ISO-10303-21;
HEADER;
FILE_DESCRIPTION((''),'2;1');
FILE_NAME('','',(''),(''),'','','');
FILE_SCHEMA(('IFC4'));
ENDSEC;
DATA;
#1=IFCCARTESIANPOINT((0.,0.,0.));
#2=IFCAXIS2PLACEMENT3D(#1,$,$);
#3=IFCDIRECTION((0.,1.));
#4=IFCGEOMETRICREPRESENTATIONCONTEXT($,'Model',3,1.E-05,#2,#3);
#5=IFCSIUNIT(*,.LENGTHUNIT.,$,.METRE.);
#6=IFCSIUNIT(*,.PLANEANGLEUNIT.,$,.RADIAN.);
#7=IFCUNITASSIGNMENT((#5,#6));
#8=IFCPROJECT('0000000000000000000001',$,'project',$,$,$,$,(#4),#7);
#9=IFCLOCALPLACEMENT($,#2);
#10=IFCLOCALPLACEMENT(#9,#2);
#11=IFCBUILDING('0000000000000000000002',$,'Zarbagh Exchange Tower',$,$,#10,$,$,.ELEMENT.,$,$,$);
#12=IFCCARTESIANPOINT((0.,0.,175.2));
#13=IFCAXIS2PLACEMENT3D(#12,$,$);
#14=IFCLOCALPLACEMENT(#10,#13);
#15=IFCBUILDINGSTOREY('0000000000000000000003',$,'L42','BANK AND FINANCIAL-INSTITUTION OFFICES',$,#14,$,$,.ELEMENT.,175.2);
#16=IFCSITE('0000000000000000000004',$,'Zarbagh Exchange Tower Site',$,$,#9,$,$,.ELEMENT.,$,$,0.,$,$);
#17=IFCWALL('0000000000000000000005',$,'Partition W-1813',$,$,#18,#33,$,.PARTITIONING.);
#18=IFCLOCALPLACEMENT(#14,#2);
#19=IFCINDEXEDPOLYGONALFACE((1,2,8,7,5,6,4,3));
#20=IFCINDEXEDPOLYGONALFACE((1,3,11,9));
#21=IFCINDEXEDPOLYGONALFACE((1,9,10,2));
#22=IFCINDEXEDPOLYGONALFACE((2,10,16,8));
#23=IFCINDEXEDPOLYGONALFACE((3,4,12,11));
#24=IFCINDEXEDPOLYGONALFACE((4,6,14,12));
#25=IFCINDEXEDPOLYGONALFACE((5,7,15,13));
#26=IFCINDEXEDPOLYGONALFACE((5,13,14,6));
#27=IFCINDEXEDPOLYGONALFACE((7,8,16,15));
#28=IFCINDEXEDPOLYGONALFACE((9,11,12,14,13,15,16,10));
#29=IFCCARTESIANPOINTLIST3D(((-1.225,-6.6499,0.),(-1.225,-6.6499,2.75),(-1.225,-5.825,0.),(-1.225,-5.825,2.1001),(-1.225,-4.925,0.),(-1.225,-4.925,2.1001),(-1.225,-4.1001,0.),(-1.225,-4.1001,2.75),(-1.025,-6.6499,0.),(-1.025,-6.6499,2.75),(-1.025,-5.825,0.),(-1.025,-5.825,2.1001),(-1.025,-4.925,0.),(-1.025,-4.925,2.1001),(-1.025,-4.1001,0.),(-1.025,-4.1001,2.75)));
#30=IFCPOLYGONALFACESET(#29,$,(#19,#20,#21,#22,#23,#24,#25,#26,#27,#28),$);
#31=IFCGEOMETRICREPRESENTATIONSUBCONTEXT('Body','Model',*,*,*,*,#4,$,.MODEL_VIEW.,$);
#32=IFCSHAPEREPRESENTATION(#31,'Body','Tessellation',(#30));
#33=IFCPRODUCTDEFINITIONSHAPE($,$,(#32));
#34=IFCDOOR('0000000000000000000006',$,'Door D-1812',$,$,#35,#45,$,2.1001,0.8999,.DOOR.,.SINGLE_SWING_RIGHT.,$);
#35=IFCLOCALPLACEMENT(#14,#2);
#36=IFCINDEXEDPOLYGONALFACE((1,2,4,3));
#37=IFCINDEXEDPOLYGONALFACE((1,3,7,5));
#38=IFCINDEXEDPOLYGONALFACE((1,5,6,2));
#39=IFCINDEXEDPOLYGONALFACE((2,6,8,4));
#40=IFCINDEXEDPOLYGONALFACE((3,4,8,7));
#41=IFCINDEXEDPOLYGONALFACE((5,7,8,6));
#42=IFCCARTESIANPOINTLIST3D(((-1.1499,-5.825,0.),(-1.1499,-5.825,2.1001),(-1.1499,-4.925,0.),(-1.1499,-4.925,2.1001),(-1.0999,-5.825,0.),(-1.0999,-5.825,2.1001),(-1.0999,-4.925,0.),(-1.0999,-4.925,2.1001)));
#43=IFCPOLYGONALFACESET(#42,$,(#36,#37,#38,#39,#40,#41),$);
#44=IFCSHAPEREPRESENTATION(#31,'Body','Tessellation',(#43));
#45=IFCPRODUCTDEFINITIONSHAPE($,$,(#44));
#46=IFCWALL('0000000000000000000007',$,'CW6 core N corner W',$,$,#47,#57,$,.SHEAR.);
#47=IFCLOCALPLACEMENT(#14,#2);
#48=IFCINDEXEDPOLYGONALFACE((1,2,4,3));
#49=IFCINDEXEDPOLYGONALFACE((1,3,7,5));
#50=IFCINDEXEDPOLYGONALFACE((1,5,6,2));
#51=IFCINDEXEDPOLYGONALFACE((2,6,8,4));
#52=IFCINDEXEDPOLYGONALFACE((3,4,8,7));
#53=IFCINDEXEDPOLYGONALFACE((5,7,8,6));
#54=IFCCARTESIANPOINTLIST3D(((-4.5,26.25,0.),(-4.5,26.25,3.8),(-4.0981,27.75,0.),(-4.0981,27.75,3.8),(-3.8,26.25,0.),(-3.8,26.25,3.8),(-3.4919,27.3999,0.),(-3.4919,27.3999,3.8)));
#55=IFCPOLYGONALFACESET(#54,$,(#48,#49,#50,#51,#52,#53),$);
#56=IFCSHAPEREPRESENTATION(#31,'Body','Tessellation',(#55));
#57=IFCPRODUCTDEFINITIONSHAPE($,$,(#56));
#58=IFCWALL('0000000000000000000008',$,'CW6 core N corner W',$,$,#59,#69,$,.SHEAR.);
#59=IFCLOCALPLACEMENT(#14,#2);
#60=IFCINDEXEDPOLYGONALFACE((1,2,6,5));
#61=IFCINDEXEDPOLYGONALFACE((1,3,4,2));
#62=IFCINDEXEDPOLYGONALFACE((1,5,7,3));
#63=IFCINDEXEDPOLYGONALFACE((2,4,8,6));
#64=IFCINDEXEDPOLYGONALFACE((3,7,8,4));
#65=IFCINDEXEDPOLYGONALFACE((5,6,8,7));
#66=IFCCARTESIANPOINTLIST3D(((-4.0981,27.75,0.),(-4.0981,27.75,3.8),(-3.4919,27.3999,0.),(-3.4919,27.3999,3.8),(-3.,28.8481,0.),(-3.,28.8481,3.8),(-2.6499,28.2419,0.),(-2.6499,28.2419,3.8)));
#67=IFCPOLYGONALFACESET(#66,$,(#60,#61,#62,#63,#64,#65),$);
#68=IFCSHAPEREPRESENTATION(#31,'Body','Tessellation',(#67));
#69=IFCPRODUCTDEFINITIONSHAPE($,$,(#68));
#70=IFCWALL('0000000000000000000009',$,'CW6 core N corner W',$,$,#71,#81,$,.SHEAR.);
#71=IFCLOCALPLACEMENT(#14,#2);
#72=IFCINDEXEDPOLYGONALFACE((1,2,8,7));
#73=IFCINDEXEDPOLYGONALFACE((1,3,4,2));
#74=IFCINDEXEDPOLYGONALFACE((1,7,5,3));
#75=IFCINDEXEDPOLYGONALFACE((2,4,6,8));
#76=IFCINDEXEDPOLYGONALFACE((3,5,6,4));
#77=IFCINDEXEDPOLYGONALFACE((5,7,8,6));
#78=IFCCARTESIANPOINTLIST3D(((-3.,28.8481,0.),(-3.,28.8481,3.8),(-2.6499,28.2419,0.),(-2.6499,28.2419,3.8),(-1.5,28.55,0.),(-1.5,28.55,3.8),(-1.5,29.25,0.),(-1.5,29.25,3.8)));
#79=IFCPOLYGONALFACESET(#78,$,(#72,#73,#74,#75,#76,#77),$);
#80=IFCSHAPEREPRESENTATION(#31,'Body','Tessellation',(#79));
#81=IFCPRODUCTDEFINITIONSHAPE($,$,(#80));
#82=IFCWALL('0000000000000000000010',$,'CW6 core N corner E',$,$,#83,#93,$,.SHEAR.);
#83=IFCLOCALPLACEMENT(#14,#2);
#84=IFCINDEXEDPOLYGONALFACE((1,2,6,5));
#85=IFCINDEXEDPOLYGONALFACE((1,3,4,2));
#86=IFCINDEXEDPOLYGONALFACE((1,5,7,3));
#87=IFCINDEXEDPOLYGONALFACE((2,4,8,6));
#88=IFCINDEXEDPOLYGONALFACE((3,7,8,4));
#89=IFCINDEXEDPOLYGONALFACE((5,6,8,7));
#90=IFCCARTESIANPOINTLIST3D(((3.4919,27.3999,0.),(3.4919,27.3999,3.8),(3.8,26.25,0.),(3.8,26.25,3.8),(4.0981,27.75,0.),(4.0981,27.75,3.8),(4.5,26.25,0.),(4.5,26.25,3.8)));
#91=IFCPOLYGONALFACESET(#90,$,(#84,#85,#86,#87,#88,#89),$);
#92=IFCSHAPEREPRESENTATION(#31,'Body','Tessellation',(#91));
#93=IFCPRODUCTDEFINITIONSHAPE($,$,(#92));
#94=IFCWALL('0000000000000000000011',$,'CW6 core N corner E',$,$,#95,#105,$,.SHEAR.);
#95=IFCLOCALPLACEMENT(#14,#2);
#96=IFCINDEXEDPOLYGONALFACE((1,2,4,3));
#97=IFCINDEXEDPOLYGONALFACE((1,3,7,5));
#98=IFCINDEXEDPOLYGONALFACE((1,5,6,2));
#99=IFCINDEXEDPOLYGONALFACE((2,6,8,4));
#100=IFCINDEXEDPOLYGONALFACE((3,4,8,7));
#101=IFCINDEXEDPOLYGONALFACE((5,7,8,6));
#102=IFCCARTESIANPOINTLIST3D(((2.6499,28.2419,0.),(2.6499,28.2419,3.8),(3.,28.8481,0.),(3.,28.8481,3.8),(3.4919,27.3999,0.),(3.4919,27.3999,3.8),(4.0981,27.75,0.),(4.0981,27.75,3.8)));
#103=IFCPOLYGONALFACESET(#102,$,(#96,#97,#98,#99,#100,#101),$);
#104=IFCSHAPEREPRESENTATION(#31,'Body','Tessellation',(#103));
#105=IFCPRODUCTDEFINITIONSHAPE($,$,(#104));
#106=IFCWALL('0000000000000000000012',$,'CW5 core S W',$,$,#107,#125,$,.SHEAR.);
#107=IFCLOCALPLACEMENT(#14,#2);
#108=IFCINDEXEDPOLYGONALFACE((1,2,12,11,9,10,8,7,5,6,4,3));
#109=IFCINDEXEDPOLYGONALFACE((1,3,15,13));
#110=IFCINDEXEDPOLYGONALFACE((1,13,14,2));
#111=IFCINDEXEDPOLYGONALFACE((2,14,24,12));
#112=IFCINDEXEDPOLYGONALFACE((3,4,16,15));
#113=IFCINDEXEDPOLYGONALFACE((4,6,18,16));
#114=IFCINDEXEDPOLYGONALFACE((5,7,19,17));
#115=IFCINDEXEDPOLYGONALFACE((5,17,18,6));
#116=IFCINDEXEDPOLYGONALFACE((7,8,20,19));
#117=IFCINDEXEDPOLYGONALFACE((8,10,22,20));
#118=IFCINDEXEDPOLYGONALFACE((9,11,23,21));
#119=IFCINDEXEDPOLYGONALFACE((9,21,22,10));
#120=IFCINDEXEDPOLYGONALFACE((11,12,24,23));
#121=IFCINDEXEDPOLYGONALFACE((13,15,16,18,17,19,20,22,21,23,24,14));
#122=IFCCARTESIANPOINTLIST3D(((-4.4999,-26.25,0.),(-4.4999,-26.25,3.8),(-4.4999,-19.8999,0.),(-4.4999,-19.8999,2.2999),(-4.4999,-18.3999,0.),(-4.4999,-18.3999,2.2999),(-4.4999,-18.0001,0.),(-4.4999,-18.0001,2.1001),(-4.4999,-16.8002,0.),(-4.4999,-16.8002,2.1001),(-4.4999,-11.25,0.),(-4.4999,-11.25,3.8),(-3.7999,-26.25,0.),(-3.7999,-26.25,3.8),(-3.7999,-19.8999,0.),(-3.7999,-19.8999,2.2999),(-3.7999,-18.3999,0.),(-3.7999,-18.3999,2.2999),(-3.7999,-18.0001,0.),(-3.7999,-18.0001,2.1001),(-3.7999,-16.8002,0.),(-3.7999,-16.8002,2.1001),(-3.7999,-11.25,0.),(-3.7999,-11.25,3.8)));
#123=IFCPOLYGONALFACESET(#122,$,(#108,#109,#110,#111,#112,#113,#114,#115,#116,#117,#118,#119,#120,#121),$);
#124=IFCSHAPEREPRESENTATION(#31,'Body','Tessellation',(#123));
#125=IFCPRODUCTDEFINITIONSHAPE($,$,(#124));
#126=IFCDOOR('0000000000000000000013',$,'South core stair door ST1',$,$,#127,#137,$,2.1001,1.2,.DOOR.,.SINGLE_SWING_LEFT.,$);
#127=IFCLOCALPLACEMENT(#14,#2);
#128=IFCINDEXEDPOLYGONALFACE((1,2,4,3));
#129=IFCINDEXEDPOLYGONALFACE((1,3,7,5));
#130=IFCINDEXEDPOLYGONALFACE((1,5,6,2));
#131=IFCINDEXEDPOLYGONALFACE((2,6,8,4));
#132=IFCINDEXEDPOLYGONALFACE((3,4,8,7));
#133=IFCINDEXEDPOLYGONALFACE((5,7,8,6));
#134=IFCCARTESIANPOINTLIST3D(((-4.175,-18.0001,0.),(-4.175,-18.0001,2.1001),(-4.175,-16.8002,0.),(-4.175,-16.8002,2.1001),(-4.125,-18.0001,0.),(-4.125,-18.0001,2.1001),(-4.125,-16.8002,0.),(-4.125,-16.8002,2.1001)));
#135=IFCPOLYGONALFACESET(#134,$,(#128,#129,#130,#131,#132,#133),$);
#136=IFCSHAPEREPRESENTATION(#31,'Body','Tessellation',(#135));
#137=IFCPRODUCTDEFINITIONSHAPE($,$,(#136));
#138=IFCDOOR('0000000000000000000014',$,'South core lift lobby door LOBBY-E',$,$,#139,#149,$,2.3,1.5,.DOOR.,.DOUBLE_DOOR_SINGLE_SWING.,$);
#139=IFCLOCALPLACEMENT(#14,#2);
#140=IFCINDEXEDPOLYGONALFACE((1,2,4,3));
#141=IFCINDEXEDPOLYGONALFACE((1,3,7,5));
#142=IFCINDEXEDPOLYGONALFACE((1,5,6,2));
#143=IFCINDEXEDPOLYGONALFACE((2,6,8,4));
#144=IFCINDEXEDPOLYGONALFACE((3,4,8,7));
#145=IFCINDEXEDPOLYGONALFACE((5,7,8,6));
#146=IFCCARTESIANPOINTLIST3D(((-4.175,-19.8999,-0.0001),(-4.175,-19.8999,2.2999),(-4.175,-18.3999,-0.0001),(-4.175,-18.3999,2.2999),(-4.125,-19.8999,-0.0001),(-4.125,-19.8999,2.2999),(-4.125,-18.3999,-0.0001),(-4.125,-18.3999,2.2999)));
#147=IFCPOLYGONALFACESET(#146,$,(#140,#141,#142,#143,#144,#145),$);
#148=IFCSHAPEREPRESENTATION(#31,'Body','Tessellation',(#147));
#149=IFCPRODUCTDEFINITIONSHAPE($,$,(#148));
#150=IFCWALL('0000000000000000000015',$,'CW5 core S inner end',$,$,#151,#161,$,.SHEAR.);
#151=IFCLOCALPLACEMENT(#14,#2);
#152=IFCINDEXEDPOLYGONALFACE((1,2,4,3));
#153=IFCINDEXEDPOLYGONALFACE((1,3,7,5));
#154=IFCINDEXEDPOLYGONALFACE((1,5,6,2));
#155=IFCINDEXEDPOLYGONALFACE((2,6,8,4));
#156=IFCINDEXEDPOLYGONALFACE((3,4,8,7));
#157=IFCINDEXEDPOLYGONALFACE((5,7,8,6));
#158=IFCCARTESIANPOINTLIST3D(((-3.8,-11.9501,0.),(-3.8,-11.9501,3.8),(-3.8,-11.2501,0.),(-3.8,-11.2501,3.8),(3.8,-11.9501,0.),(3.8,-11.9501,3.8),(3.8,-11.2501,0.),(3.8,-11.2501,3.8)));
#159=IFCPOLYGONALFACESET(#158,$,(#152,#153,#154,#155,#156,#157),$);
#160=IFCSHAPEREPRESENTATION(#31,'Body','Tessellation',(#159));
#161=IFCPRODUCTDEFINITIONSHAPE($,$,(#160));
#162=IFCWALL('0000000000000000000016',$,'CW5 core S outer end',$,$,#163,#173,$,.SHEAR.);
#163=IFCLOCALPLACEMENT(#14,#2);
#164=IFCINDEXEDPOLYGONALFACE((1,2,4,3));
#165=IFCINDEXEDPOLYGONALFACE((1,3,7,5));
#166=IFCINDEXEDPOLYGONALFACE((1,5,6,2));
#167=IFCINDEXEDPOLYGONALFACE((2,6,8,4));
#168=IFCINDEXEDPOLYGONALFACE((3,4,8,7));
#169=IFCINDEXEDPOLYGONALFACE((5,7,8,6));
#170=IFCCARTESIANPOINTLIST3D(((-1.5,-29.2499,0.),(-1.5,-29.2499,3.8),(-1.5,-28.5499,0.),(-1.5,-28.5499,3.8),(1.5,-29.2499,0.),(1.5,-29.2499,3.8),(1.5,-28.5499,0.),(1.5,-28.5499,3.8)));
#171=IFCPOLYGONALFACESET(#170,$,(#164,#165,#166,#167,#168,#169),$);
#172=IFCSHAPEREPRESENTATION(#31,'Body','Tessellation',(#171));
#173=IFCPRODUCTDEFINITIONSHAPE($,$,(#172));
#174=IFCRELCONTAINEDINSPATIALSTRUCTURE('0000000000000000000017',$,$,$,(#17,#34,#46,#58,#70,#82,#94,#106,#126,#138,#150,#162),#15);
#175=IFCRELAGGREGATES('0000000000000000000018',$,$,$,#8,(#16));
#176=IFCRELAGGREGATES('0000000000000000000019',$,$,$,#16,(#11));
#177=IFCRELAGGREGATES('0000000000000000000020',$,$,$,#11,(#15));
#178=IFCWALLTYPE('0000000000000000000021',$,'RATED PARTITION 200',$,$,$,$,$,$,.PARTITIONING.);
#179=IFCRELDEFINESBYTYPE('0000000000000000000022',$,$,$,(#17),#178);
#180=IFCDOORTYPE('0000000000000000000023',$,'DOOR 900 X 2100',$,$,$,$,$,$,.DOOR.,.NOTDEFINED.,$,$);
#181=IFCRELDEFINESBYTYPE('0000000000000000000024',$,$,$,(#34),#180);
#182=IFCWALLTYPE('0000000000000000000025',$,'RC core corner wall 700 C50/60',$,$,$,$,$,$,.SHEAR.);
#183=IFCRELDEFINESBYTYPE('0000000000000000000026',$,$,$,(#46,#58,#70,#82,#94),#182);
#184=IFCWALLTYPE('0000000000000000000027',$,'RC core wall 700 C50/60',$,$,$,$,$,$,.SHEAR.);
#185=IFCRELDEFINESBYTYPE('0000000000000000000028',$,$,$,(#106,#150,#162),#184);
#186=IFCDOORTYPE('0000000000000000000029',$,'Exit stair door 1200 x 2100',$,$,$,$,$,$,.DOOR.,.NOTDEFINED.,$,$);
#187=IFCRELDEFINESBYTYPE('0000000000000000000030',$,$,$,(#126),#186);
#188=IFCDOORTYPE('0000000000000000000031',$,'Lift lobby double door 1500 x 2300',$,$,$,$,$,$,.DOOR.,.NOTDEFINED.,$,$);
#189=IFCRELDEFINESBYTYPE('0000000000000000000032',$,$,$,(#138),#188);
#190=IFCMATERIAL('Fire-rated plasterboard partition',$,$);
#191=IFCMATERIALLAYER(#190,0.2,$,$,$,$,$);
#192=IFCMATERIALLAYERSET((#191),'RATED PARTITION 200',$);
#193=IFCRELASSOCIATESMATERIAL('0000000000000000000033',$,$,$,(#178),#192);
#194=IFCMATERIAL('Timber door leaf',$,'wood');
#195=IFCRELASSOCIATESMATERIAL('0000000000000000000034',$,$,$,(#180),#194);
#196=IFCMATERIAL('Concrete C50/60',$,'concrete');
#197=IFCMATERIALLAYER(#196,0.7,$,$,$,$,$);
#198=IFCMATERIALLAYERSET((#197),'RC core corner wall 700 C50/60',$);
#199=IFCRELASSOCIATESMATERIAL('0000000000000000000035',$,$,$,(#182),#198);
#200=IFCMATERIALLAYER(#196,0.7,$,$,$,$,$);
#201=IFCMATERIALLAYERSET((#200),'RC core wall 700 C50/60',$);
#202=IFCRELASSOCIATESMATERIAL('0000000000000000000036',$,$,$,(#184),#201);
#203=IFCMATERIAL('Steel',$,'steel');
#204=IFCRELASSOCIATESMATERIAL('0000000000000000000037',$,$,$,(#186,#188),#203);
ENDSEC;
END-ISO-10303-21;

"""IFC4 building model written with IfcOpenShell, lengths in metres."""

from ifc_helpers import new_model, si_unit, direction, frame, frame_2d, origin, place, context, subcontext, project, spatial, polyline, rectangle, outline, extrude, material, layer, layer_set, type_object, element, fill, save


model = new_model("IFC4")

# Units and contexts
model_context = context("Model", 3, precision=1e-05, world=origin(), true_north=direction((0.0, 1.0)))
body_context = subcontext(model_context, "Body", "Model", "MODEL_VIEW")
ifc_project = project(units=[si_unit("LENGTHUNIT", "METRE"), si_unit("PLANEANGLEUNIT", "RADIAN")], contexts=[model_context])

# Site, building, storey
site_placement = place(None, origin())
site = spatial("IfcSite", under=ifc_project, at=site_placement, Name="Zarbagh Exchange Tower Site", CompositionType="ELEMENT", RefElevation=0.0)
building_placement = place(site_placement, origin())
building = spatial("IfcBuilding", under=site, at=building_placement, Name="Zarbagh Exchange Tower", CompositionType="ELEMENT")
storey_placement = place(building_placement, frame((0.0, 0.0, 175.2)))
storey = spatial("IfcBuildingStorey", under=building, at=storey_placement, Name="L42", Description="BANK AND FINANCIAL-INSTITUTION OFFICES", CompositionType="ELEMENT", Elevation=175.2)

# Shared definitions
ifc_material_1 = material(Name="Fire-rated plasterboard partition")
ifc_layer_1 = layer(ifc_material_1, 0.2)
ifc_layer_set_1 = layer_set([ifc_layer_1], Name="RATED PARTITION 200")
wall_type_1 = type_object("IfcWallType", Name="RATED PARTITION 200", PredefinedType="PARTITIONING", material=ifc_layer_set_1)
ifc_material_2 = material(Name="Timber door leaf", Category="wood")
door_type_1 = type_object("IfcDoorType", Name="DOOR 900 X 2100", OperationType="NOTDEFINED", PredefinedType="DOOR", material=ifc_material_2)

# Wall, opening, door
wall_1_placement = place(storey_placement, frame((-1.125, -6.6499, 0.0), z_axis=(0.0, 0.0, 1.0), x_axis=(0.0, 1.0, 0.0)))
wall_1 = element("IfcWall", 1, at=wall_1_placement, inside=storey, type_object=wall_type_1, Name="Partition W-1813", PredefinedType="PARTITIONING", context=body_context, shape_type="SweptSolid", body=[
    extrude(rectangle(XDim=2.5498, YDim=0.2, at=frame_2d((1.2749, 0.0))), origin(), (0.0, 0.0, 1.0), 2.75),
])
opening_1_placement = place(wall_1_placement, frame((0.825, 0.0, 0.0)))
opening_1 = element("IfcOpeningElement", 2, at=opening_1_placement, cuts=wall_1, PredefinedType="OPENING", context=body_context, shape_type="SweptSolid", body=[
    extrude(rectangle(XDim=0.8999, YDim=2.1001, at=frame_2d((0.45, 1.05))), frame((0.0, 0.1099, 0.0), z_axis=(0.0, -1.0, 0.0), x_axis=(1.0, 0.0, 0.0)), (0.0, 0.0, 1.0), 0.22),
])
door_1_placement = place(opening_1_placement, origin())
door_1 = element("IfcDoor", 3, at=door_1_placement, inside=storey, type_object=door_type_1, Name="Door D-1812", OperationType="SINGLE_SWING_RIGHT", OverallHeight=2.1001, OverallWidth=0.8999, PredefinedType="DOOR", context=body_context, shape_type="SweptSolid", body=[
    extrude(rectangle(XDim=0.8999, YDim=2.1001, at=frame_2d((0.45, 1.05))), frame((0.0, 0.0249, 0.0), z_axis=(0.0, -1.0, 0.0), x_axis=(1.0, 0.0, 0.0)), (0.0, 0.0, 1.0), 0.05),
])
fill(opening_1, door_1)

# Walls
ifc_material_3 = material(Name="Concrete C50/60", Category="concrete")
ifc_layer_2 = layer(ifc_material_3, 0.7)
ifc_layer_set_2 = layer_set([ifc_layer_2], Name="RC core corner wall 700 C50/60")
wall_type_2 = type_object("IfcWallType", Name="RC core corner wall 700 C50/60", PredefinedType="SHEAR", material=ifc_layer_set_2)
wall_2_placement = place(storey_placement, origin())
element("IfcWall", 4, at=wall_2_placement, inside=storey, type_object=wall_type_2, Name="CW6 core N corner W", PredefinedType="SHEAR", context=body_context, shape_type="SweptSolid", body=[
    extrude(outline(polyline([(-4.5, 26.25), (-4.0981, 27.75), (-3.4919, 27.3999), (-3.8, 26.25), (-4.5, 26.25)])), origin(), (0.0, 0.0, 1.0), 3.8),
])
wall_3_placement = place(storey_placement, origin())
element("IfcWall", 5, at=wall_3_placement, inside=storey, type_object=wall_type_2, Name="CW6 core N corner W", PredefinedType="SHEAR", context=body_context, shape_type="SweptSolid", body=[
    extrude(outline(polyline([(-4.0981, 27.75), (-3.0, 28.8481), (-2.6499, 28.2419), (-3.4919, 27.3999), (-4.0981, 27.75)])), origin(), (0.0, 0.0, 1.0), 3.8),
])
wall_4_placement = place(storey_placement, origin())
element("IfcWall", 6, at=wall_4_placement, inside=storey, type_object=wall_type_2, Name="CW6 core N corner W", PredefinedType="SHEAR", context=body_context, shape_type="SweptSolid", body=[
    extrude(outline(polyline([(-3.0, 28.8481), (-1.5, 29.25), (-1.5, 28.55), (-2.6499, 28.2419), (-3.0, 28.8481)])), origin(), (0.0, 0.0, 1.0), 3.8),
])
wall_5_placement = place(storey_placement, origin())
element("IfcWall", 7, at=wall_5_placement, inside=storey, type_object=wall_type_2, Name="CW6 core N corner E", PredefinedType="SHEAR", context=body_context, shape_type="SweptSolid", body=[
    extrude(outline(polyline([(4.5, 26.25), (4.0981, 27.75), (3.4919, 27.3999), (3.8, 26.25), (4.5, 26.25)])), origin(), (0.0, 0.0, 1.0), 3.8),
])
wall_6_placement = place(storey_placement, origin())
element("IfcWall", 8, at=wall_6_placement, inside=storey, type_object=wall_type_2, Name="CW6 core N corner E", PredefinedType="SHEAR", context=body_context, shape_type="SweptSolid", body=[
    extrude(outline(polyline([(4.0981, 27.75), (3.0, 28.8481), (2.6499, 28.2419), (3.4919, 27.3999), (4.0981, 27.75)])), origin(), (0.0, 0.0, 1.0), 3.8),
])

# Wall, openings, doors
ifc_layer_3 = layer(ifc_material_3, 0.7)
ifc_layer_set_3 = layer_set([ifc_layer_3], Name="RC core wall 700 C50/60")
wall_type_3 = type_object("IfcWallType", Name="RC core wall 700 C50/60", PredefinedType="SHEAR", material=ifc_layer_set_3)
wall_7_placement = place(storey_placement, frame((-4.1499, -11.25, 0.0), z_axis=(0.0, 0.0, 1.0), x_axis=(0.0, -1.0, 0.0)))
wall_7 = element("IfcWall", 9, at=wall_7_placement, inside=storey, type_object=wall_type_3, Name="CW5 core S W", PredefinedType="SHEAR", context=body_context, shape_type="SweptSolid", body=[
    extrude(rectangle(XDim=15.0, YDim=0.7, at=frame_2d((7.5, 0.0))), origin(), (0.0, 0.0, 1.0), 3.8),
])
opening_2_placement = place(wall_7_placement, frame((7.1499, 0.0, 0.0)))
opening_2 = element("IfcOpeningElement", 10, at=opening_2_placement, cuts=wall_7, PredefinedType="OPENING", context=body_context, shape_type="SweptSolid", body=[
    extrude(rectangle(XDim=1.5, YDim=2.3, at=frame_2d((0.75, 1.1499))), frame((0.0, 0.3599, 0.0), z_axis=(0.0, -1.0, 0.0), x_axis=(1.0, 0.0, 0.0)), (0.0, 0.0, 1.0), 0.72),
])
opening_3_placement = place(wall_7_placement, frame((5.55, 0.0, 0.0)))
opening_3 = element("IfcOpeningElement", 11, at=opening_3_placement, cuts=wall_7, PredefinedType="OPENING", context=body_context, shape_type="SweptSolid", body=[
    extrude(rectangle(XDim=1.2, YDim=2.1001, at=frame_2d((0.6001, 1.05))), frame((0.0, 0.3599, 0.0), z_axis=(0.0, -1.0, 0.0), x_axis=(1.0, 0.0, 0.0)), (0.0, 0.0, 1.0), 0.72),
])
ifc_material_4 = material(Name="Steel", Category="steel")
door_type_2 = type_object("IfcDoorType", Name="Exit stair door 1200 x 2100", OperationType="NOTDEFINED", PredefinedType="DOOR", material=ifc_material_4)
door_2_placement = place(opening_3_placement, origin())
door_2 = element("IfcDoor", 12, at=door_2_placement, inside=storey, type_object=door_type_2, Name="South core stair door ST1", OperationType="SINGLE_SWING_LEFT", OverallHeight=2.1001, OverallWidth=1.2, PredefinedType="DOOR", context=body_context, shape_type="SweptSolid", body=[
    extrude(rectangle(XDim=1.2, YDim=2.1001, at=frame_2d((0.6001, 1.05))), frame((0.0, 0.0249, 0.0), z_axis=(0.0, -1.0, 0.0), x_axis=(1.0, 0.0, 0.0)), (0.0, 0.0, 1.0), 0.05),
])
fill(opening_3, door_2)
door_type_3 = type_object("IfcDoorType", Name="Lift lobby double door 1500 x 2300", OperationType="NOTDEFINED", PredefinedType="DOOR", material=ifc_material_4)
door_3_placement = place(opening_2_placement, origin())
door_3 = element("IfcDoor", 13, at=door_3_placement, inside=storey, type_object=door_type_3, Name="South core lift lobby door LOBBY-E", OperationType="DOUBLE_DOOR_SINGLE_SWING", OverallHeight=2.3, OverallWidth=1.5, PredefinedType="DOOR", context=body_context, shape_type="SweptSolid", body=[
    extrude(rectangle(XDim=1.5, YDim=2.3, at=frame_2d((0.75, 1.1499))), frame((0.0, 0.0249, 0.0), z_axis=(0.0, -1.0, 0.0), x_axis=(1.0, 0.0, 0.0)), (0.0, 0.0, 1.0), 0.05),
])
fill(opening_2, door_3)

# Walls
wall_8_placement = place(storey_placement, frame((-3.8, -11.6001, 0.0), z_axis=(0.0, 0.0, 1.0), x_axis=(1.0, 0.0, 0.0)))
element("IfcWall", 14, at=wall_8_placement, inside=storey, type_object=wall_type_3, Name="CW5 core S inner end", PredefinedType="SHEAR", context=body_context, shape_type="SweptSolid", body=[
    extrude(rectangle(XDim=7.6001, YDim=0.7, at=frame_2d((3.8, 0.0))), origin(), (0.0, 0.0, 1.0), 3.8),
])
wall_9_placement = place(storey_placement, frame((-1.5, -28.8999, 0.0), z_axis=(0.0, 0.0, 1.0), x_axis=(1.0, 0.0, 0.0)))
element("IfcWall", 15, at=wall_9_placement, inside=storey, type_object=wall_type_3, Name="CW5 core S outer end", PredefinedType="SHEAR", context=body_context, shape_type="SweptSolid", body=[
    extrude(rectangle(XDim=3.0, YDim=0.7, at=frame_2d((1.5, 0.0))), origin(), (0.0, 0.0, 1.0), 3.8),
])

save(model, "model.ifc")
